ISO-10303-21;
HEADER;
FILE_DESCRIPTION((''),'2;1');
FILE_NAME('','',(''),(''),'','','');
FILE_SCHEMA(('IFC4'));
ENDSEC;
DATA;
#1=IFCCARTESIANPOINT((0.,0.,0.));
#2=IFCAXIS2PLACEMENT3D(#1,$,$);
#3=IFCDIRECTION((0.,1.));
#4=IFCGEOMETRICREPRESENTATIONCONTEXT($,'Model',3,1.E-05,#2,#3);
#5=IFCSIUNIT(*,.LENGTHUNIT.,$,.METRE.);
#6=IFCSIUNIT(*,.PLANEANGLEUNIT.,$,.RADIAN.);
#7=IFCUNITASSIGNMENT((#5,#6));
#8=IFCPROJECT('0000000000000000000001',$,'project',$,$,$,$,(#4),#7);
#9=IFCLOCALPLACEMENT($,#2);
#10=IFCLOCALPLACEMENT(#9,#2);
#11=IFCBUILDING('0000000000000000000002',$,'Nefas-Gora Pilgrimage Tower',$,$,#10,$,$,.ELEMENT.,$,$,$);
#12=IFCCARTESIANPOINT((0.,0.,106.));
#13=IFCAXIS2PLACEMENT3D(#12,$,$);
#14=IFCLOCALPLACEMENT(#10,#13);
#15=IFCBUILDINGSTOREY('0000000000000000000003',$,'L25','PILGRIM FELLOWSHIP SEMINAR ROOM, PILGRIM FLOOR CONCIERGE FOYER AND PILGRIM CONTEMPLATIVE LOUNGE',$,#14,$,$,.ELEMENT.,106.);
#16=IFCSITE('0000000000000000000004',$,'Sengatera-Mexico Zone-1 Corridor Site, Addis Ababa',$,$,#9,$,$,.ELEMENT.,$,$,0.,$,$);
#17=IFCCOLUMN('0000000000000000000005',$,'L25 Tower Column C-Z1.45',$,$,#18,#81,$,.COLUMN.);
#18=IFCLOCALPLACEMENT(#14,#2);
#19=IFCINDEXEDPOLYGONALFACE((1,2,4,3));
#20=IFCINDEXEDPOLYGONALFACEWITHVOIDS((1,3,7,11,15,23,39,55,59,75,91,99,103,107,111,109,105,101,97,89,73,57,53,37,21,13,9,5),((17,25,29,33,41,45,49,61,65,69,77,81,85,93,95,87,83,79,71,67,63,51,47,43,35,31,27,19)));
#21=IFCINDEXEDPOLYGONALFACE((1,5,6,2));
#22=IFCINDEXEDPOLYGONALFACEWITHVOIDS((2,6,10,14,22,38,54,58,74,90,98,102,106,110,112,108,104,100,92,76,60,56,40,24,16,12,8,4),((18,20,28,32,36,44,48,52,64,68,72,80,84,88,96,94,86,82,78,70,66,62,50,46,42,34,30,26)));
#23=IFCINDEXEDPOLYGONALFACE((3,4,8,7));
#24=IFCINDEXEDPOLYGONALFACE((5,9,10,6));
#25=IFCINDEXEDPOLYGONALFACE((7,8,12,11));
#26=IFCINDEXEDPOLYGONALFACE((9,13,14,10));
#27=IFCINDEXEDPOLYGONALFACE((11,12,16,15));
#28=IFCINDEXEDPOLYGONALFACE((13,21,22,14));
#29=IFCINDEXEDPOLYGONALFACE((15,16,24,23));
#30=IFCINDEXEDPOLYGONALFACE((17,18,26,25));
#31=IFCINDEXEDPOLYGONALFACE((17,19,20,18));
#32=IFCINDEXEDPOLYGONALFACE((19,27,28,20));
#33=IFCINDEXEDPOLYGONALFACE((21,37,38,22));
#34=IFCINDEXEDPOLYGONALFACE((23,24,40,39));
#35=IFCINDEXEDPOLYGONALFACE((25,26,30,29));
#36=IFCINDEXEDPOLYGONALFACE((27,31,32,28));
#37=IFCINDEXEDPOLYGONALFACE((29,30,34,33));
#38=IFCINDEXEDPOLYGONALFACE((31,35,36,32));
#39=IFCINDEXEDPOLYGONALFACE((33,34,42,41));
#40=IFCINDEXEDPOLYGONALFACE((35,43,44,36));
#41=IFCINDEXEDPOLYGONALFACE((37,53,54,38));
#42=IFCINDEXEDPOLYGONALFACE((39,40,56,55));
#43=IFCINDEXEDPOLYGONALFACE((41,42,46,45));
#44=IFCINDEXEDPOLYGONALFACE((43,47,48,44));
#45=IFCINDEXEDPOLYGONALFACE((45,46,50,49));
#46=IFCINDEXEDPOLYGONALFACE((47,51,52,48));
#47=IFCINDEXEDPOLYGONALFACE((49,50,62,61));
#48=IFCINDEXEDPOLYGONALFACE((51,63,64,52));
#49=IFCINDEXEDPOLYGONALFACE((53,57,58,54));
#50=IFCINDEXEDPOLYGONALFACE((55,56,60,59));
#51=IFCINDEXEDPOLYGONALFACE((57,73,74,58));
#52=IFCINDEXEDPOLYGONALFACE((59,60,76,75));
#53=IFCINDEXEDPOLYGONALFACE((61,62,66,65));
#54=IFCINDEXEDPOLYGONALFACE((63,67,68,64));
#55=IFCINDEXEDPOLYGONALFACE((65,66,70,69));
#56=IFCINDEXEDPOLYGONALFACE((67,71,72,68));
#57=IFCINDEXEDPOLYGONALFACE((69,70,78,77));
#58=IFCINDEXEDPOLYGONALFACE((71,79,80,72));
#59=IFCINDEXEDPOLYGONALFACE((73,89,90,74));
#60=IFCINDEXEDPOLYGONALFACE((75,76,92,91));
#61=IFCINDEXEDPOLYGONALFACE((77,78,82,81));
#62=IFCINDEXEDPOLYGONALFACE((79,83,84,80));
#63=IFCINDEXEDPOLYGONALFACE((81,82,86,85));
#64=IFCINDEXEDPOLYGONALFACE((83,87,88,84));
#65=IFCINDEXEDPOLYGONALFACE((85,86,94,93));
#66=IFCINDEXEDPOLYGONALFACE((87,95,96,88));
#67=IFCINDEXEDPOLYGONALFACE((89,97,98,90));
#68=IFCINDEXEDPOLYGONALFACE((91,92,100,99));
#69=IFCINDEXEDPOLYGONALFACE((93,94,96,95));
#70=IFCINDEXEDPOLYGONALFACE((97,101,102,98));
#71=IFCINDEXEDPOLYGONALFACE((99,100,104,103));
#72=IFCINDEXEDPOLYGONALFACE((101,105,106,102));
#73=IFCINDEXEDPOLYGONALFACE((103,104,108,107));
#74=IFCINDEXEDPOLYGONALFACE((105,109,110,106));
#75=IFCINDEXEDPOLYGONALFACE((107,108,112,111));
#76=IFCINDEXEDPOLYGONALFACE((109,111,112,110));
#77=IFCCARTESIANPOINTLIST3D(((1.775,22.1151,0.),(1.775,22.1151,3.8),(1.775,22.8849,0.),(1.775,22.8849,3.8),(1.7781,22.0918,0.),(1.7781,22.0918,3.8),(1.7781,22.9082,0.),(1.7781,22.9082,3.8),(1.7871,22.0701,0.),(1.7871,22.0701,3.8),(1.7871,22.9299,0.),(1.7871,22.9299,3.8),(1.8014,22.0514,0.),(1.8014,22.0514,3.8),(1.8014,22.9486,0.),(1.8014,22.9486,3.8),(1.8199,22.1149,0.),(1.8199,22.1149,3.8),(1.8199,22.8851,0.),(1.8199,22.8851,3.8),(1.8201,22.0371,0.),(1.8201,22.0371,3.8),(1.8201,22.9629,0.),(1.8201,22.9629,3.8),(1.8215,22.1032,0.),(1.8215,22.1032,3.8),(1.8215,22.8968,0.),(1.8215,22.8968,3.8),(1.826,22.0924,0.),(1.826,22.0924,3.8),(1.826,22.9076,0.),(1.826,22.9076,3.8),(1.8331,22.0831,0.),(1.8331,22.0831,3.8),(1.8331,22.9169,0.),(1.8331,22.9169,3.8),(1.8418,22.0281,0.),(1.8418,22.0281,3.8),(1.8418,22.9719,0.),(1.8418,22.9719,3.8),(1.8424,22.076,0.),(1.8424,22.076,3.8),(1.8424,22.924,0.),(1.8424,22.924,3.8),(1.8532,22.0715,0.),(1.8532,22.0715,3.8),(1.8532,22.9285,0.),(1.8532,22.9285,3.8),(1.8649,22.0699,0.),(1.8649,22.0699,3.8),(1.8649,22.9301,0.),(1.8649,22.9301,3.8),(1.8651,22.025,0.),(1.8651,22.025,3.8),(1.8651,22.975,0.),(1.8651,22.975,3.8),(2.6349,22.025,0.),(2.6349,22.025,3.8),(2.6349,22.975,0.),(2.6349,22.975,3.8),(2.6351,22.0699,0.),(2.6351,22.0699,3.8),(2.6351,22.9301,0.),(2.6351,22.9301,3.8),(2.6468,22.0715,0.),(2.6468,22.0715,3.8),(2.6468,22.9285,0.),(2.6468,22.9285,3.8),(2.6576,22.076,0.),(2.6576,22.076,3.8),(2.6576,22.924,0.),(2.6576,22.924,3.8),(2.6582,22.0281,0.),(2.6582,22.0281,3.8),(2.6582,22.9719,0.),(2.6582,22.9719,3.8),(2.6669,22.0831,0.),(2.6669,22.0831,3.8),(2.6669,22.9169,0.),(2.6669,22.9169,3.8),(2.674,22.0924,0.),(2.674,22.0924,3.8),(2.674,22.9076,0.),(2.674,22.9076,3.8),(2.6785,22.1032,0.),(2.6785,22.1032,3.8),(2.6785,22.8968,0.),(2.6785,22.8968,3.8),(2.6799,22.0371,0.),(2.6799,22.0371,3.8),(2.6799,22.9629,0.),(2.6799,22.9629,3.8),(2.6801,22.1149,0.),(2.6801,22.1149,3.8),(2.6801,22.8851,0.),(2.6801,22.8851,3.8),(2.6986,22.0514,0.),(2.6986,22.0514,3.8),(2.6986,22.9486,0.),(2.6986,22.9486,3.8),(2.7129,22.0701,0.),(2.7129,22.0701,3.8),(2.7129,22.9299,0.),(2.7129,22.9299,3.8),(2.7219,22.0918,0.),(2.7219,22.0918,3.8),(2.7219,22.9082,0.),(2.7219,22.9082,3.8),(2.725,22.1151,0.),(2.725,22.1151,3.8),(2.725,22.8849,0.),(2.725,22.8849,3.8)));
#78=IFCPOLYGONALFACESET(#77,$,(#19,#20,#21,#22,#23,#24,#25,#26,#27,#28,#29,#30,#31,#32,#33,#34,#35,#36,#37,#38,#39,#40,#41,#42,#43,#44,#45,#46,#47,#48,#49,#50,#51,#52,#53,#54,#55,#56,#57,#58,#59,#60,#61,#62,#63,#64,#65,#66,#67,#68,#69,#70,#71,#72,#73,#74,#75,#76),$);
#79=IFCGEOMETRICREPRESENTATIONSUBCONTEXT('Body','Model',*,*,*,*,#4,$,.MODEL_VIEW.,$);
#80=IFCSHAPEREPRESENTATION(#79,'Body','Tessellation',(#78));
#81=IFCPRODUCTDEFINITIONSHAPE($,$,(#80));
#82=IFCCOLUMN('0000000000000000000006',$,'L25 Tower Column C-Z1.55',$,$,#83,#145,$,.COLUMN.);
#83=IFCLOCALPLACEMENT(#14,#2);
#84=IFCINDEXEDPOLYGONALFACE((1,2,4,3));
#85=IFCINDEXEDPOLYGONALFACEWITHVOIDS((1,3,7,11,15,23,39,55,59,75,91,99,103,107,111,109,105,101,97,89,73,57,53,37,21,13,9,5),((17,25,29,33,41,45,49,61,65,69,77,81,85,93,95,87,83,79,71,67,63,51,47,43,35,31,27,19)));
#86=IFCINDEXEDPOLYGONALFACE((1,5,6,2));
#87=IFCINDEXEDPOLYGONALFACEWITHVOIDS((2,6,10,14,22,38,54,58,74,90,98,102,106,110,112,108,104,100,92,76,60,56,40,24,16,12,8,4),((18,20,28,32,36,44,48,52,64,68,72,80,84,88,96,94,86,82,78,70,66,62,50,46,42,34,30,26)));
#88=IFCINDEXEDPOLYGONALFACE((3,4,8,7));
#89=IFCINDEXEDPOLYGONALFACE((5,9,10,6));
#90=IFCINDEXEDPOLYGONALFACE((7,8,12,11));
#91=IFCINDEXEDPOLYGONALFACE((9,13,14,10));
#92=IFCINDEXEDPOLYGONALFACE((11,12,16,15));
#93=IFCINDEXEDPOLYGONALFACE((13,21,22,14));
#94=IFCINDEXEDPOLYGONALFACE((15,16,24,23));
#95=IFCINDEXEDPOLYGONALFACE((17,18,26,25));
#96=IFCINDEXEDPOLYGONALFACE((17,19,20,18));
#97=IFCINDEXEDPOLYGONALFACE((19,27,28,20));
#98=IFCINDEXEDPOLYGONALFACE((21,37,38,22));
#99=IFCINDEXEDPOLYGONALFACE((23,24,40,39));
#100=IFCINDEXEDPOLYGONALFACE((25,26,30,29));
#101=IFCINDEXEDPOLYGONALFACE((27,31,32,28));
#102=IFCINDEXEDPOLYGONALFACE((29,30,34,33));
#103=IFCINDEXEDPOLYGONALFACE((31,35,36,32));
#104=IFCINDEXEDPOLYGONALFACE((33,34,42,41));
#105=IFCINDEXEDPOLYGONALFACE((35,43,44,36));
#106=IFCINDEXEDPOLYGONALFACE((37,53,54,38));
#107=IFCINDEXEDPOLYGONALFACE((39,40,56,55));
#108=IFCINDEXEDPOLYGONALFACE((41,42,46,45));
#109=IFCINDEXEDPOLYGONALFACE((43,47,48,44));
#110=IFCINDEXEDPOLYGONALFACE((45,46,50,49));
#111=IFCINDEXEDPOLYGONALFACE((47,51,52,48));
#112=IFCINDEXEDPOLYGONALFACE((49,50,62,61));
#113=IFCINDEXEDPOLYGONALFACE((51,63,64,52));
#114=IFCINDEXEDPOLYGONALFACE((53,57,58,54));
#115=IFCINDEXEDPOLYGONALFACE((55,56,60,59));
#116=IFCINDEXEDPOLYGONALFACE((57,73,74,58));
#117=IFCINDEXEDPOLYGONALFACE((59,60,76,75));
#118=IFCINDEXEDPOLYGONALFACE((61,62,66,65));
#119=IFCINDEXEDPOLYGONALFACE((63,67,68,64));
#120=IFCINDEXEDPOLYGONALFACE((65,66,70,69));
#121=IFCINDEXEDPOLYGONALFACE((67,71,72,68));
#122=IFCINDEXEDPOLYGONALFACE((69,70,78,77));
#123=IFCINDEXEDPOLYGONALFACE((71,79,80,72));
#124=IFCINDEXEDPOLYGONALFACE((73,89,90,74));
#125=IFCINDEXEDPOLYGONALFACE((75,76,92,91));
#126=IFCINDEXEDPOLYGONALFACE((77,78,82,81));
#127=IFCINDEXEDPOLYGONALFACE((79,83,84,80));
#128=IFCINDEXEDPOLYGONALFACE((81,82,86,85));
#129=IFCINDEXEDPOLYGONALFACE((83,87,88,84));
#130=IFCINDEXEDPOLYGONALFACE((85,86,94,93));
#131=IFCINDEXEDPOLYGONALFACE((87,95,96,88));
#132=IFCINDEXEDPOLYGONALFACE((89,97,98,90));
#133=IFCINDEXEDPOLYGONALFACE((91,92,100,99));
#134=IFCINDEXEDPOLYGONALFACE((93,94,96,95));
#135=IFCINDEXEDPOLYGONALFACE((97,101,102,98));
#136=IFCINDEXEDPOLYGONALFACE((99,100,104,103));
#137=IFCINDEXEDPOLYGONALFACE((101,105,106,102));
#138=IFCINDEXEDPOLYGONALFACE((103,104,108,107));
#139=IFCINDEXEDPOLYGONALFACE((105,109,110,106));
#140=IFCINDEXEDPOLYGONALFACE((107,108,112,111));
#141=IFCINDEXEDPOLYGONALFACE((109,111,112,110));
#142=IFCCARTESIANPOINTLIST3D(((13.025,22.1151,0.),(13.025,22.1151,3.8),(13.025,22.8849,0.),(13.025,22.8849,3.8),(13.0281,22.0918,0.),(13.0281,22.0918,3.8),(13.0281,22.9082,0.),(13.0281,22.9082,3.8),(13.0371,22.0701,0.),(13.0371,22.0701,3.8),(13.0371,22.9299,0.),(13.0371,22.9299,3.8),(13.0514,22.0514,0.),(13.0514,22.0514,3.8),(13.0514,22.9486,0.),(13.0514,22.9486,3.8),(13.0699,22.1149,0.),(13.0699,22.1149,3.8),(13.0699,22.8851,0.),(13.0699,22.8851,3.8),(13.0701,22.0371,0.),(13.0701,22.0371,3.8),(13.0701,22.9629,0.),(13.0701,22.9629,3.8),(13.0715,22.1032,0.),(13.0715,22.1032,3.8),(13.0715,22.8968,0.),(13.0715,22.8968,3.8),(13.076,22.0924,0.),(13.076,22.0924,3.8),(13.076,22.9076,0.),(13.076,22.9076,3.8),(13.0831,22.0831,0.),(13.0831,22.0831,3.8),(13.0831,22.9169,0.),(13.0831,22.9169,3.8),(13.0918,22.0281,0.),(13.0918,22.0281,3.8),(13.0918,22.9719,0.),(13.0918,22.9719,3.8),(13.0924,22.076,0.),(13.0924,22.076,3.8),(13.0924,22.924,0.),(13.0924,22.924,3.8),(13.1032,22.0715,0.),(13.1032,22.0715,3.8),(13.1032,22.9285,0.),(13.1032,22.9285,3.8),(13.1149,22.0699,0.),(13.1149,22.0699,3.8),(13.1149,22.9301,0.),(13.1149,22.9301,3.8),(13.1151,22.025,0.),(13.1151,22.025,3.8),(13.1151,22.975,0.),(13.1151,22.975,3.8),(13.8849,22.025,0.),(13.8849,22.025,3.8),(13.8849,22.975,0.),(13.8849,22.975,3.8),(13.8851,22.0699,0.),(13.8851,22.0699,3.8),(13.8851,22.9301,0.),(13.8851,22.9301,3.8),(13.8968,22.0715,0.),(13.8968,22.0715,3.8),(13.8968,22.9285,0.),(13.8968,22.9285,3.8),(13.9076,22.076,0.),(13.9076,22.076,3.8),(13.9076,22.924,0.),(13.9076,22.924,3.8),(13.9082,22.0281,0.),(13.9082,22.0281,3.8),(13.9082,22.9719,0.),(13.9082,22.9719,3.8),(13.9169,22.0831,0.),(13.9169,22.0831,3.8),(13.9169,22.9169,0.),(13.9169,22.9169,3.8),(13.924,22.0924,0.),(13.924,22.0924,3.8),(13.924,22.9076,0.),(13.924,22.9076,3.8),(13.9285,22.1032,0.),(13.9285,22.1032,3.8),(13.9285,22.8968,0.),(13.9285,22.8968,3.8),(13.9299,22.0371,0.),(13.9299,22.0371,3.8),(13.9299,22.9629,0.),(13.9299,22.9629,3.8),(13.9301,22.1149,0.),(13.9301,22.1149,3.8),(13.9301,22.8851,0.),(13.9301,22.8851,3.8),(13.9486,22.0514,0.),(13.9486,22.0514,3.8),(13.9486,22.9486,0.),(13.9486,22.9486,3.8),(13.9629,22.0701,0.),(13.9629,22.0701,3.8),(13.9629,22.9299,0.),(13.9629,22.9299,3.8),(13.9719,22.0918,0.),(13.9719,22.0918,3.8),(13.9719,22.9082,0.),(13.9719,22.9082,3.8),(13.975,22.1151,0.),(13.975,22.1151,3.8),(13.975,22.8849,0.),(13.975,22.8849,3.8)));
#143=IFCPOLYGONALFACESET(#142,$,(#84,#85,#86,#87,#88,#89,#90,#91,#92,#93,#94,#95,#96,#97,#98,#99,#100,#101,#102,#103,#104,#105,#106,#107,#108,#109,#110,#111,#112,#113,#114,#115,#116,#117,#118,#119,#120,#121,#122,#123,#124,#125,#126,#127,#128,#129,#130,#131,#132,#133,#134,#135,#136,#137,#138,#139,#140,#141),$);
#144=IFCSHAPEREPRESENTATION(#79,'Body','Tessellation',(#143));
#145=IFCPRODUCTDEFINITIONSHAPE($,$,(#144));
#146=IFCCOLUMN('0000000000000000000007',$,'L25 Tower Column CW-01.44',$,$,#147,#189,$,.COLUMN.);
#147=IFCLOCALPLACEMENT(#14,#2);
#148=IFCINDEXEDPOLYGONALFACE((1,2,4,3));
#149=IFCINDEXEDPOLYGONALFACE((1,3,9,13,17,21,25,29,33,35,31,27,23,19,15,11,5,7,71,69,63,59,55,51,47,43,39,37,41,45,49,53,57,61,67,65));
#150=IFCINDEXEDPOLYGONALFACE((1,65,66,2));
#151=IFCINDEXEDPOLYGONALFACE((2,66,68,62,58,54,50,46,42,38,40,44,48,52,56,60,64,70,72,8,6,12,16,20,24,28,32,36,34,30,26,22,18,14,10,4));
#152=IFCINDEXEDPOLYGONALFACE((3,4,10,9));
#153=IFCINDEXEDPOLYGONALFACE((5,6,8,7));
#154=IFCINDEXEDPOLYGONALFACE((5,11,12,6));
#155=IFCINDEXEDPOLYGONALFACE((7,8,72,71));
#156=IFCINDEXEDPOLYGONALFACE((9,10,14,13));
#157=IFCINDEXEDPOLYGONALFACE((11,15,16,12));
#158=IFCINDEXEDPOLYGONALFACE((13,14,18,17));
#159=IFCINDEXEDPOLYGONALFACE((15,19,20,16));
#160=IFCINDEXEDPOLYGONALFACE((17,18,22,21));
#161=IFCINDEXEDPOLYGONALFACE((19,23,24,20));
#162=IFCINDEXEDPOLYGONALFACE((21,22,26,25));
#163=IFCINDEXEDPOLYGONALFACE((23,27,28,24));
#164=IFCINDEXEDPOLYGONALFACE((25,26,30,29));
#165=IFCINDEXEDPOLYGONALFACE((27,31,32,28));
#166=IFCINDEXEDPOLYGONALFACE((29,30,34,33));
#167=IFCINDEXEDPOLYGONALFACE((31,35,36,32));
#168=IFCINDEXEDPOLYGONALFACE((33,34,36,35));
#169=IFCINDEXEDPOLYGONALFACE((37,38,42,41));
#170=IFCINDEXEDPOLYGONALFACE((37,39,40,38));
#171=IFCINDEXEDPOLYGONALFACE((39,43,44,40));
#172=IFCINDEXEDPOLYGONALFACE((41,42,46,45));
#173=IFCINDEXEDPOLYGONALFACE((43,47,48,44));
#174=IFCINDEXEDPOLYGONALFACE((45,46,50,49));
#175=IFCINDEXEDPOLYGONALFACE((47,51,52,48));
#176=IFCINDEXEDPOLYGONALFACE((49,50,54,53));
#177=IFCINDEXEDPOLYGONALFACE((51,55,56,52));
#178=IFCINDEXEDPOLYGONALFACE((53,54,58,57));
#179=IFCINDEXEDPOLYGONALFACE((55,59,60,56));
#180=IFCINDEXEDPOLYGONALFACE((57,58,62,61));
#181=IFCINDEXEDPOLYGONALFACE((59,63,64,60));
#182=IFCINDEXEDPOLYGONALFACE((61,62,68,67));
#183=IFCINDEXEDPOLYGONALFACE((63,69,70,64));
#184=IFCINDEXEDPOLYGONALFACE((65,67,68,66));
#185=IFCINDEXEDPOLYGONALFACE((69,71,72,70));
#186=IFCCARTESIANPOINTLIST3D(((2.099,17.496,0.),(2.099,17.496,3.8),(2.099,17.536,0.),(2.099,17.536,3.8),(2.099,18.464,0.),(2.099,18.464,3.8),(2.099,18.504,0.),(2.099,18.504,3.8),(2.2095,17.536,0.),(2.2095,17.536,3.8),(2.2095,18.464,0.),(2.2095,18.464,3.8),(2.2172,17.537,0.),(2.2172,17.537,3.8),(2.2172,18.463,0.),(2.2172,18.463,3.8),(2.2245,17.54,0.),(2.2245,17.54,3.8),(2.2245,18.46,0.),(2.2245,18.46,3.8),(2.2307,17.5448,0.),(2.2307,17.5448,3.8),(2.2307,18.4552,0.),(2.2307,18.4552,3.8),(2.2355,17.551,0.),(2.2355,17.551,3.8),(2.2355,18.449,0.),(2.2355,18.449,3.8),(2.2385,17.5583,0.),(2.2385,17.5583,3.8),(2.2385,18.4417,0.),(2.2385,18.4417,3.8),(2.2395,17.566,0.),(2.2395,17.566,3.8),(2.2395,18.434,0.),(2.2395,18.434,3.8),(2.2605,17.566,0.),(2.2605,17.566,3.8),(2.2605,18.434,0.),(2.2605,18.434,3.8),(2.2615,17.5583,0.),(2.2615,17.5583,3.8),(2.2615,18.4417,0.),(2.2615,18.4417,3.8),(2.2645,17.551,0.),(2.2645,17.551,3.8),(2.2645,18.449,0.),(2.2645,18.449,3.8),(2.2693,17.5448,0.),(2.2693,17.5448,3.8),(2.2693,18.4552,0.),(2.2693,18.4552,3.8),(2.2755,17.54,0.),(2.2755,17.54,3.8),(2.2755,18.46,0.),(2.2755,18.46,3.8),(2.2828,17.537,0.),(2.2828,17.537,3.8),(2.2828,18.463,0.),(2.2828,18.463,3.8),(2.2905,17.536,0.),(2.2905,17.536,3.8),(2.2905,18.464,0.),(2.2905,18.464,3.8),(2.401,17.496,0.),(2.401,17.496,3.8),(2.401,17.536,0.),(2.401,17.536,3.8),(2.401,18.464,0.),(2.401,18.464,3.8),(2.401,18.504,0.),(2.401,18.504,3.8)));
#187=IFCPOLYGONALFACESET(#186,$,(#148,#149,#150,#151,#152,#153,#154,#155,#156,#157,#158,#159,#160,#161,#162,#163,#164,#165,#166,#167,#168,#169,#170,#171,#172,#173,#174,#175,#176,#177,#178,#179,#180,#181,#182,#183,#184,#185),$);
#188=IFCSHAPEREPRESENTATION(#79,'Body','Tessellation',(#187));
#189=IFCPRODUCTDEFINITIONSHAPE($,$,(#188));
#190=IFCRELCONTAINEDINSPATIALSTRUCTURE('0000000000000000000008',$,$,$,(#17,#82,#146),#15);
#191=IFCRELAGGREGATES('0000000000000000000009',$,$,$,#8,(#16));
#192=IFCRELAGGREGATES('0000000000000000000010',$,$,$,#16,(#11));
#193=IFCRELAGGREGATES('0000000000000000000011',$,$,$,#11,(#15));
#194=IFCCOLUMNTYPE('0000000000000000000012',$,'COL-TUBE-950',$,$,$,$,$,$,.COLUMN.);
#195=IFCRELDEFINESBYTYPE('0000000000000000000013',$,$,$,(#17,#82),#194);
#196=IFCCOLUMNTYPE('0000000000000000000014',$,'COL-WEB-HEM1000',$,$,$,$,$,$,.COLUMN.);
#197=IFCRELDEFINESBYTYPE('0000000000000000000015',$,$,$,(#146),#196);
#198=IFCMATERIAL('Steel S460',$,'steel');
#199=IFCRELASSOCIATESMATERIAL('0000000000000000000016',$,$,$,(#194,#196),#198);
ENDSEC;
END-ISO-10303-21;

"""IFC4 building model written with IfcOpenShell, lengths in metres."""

from ifc_helpers import new_model, si_unit, direction, frame, origin, origin_2d, place, context, subcontext, project, spatial, hollow_rectangle, i_section, extrude, source, transform, mapped, material, material_profile, profile_set, type_object, element, save


model = new_model("IFC4")

# Units and contexts
model_context = context("Model", 3, precision=1e-05, world=origin(), true_north=direction((0.0, 1.0)))
body_context = subcontext(model_context, "Body", "Model", "MODEL_VIEW")
ifc_project = project(units=[si_unit("LENGTHUNIT", "METRE"), si_unit("PLANEANGLEUNIT", "RADIAN")], contexts=[model_context])

# Site, building, storey
site_placement = place(None, origin())
site = spatial("IfcSite", under=ifc_project, at=site_placement, Name="Sengatera-Mexico Zone-1 Corridor Site, Addis Ababa", CompositionType="ELEMENT", RefElevation=0.0)
building_placement = place(site_placement, origin())
building = spatial("IfcBuilding", under=site, at=building_placement, Name="Nefas-Gora Pilgrimage Tower", CompositionType="ELEMENT")
storey_placement = place(building_placement, frame((0.0, 0.0, 106.0)))
storey = spatial("IfcBuildingStorey", under=building, at=storey_placement, Name="L25", Description="PILGRIM FELLOWSHIP SEMINAR ROOM, PILGRIM FLOOR CONCIERGE FOYER AND PILGRIM CONTEMPLATIVE LOUNGE", CompositionType="ELEMENT", Elevation=106.0)

# Columns
ifc_material_1 = material(Name="Steel S460", Category="steel")
ifc_material_profile_1 = material_profile(ifc_material_1, hollow_rectangle(XDim=0.95, YDim=0.95, WallThickness=0.0449, InnerFilletRadius=0.0449, OuterFilletRadius=0.0901, at=origin_2d()), Name="BOX 950x950x45")
ifc_profile_set_1 = profile_set([ifc_material_profile_1], Name="Steel S460")
column_type_1 = type_object("IfcColumnType", Name="COL-TUBE-950", PredefinedType="COLUMN", material=ifc_profile_set_1)
shared_shape_1 = source(origin(), body_context, "Body", "SweptSolid", [
    extrude(hollow_rectangle(XDim=0.95, YDim=0.95, WallThickness=0.0449, InnerFilletRadius=0.0449, OuterFilletRadius=0.0901, at=origin_2d()), origin(), (0.0, 0.0, 1.0), 3.8),
])
for number, where, z_axis, x_axis, name in (
    (1, (2.25, 22.5, 0.0), (0.0, 0.0, 1.0), (1.0, 0.0, 0.0), "L25 Tower Column C-Z1.45"),
    (2, (13.5, 22.5, 0.0), (0.0, 0.0, 1.0), (1.0, 0.0, 0.0), "L25 Tower Column C-Z1.55"),
):
    element("IfcColumn", number, at=place(storey_placement, frame(where, z_axis=z_axis, x_axis=x_axis)), inside=storey, type_object=column_type_1, Name=name, PredefinedType="COLUMN", context=body_context, shape_type="MappedRepresentation", body=[
        mapped(shared_shape_1, transform((0.0, 0.0, 0.0), x_axis=(1.0, 0.0, 0.0), y_axis=(0.0, 1.0, 0.0), z_axis=(0.0, 0.0, 1.0), scale=1.0)),
    ])
ifc_material_profile_2 = material_profile(ifc_material_1, i_section(OverallWidth=0.302, OverallDepth=1.0081, WebThickness=0.021, FlangeThickness=0.04, FilletRadius=0.03, at=origin_2d()), Name="HEM 1000")
ifc_profile_set_2 = profile_set([ifc_material_profile_2], Name="Steel S460")
column_type_2 = type_object("IfcColumnType", Name="COL-WEB-HEM1000", PredefinedType="COLUMN", material=ifc_profile_set_2)
shared_shape_2 = source(origin(), body_context, "Body", "SweptSolid", [
    extrude(i_section(OverallWidth=0.302, OverallDepth=1.0081, WebThickness=0.021, FlangeThickness=0.04, FilletRadius=0.03, at=origin_2d()), origin(), (0.0, 0.0, 1.0), 3.8),
])
for number, where, z_axis, x_axis, name in (
    (3, (2.25, 18.0, 0.0), (0.0, 0.0, 1.0), (1.0, 0.0, 0.0), "L25 Tower Column CW-01.44"),
):
    element("IfcColumn", number, at=place(storey_placement, frame(where, z_axis=z_axis, x_axis=x_axis)), inside=storey, type_object=column_type_2, Name=name, PredefinedType="COLUMN", context=body_context, shape_type="MappedRepresentation", body=[
        mapped(shared_shape_2, transform((0.0, 0.0, 0.0), x_axis=(1.0, 0.0, 0.0), y_axis=(0.0, 1.0, 0.0), z_axis=(0.0, 0.0, 1.0), scale=1.0)),
    ])

save(model, "model.ifc")
